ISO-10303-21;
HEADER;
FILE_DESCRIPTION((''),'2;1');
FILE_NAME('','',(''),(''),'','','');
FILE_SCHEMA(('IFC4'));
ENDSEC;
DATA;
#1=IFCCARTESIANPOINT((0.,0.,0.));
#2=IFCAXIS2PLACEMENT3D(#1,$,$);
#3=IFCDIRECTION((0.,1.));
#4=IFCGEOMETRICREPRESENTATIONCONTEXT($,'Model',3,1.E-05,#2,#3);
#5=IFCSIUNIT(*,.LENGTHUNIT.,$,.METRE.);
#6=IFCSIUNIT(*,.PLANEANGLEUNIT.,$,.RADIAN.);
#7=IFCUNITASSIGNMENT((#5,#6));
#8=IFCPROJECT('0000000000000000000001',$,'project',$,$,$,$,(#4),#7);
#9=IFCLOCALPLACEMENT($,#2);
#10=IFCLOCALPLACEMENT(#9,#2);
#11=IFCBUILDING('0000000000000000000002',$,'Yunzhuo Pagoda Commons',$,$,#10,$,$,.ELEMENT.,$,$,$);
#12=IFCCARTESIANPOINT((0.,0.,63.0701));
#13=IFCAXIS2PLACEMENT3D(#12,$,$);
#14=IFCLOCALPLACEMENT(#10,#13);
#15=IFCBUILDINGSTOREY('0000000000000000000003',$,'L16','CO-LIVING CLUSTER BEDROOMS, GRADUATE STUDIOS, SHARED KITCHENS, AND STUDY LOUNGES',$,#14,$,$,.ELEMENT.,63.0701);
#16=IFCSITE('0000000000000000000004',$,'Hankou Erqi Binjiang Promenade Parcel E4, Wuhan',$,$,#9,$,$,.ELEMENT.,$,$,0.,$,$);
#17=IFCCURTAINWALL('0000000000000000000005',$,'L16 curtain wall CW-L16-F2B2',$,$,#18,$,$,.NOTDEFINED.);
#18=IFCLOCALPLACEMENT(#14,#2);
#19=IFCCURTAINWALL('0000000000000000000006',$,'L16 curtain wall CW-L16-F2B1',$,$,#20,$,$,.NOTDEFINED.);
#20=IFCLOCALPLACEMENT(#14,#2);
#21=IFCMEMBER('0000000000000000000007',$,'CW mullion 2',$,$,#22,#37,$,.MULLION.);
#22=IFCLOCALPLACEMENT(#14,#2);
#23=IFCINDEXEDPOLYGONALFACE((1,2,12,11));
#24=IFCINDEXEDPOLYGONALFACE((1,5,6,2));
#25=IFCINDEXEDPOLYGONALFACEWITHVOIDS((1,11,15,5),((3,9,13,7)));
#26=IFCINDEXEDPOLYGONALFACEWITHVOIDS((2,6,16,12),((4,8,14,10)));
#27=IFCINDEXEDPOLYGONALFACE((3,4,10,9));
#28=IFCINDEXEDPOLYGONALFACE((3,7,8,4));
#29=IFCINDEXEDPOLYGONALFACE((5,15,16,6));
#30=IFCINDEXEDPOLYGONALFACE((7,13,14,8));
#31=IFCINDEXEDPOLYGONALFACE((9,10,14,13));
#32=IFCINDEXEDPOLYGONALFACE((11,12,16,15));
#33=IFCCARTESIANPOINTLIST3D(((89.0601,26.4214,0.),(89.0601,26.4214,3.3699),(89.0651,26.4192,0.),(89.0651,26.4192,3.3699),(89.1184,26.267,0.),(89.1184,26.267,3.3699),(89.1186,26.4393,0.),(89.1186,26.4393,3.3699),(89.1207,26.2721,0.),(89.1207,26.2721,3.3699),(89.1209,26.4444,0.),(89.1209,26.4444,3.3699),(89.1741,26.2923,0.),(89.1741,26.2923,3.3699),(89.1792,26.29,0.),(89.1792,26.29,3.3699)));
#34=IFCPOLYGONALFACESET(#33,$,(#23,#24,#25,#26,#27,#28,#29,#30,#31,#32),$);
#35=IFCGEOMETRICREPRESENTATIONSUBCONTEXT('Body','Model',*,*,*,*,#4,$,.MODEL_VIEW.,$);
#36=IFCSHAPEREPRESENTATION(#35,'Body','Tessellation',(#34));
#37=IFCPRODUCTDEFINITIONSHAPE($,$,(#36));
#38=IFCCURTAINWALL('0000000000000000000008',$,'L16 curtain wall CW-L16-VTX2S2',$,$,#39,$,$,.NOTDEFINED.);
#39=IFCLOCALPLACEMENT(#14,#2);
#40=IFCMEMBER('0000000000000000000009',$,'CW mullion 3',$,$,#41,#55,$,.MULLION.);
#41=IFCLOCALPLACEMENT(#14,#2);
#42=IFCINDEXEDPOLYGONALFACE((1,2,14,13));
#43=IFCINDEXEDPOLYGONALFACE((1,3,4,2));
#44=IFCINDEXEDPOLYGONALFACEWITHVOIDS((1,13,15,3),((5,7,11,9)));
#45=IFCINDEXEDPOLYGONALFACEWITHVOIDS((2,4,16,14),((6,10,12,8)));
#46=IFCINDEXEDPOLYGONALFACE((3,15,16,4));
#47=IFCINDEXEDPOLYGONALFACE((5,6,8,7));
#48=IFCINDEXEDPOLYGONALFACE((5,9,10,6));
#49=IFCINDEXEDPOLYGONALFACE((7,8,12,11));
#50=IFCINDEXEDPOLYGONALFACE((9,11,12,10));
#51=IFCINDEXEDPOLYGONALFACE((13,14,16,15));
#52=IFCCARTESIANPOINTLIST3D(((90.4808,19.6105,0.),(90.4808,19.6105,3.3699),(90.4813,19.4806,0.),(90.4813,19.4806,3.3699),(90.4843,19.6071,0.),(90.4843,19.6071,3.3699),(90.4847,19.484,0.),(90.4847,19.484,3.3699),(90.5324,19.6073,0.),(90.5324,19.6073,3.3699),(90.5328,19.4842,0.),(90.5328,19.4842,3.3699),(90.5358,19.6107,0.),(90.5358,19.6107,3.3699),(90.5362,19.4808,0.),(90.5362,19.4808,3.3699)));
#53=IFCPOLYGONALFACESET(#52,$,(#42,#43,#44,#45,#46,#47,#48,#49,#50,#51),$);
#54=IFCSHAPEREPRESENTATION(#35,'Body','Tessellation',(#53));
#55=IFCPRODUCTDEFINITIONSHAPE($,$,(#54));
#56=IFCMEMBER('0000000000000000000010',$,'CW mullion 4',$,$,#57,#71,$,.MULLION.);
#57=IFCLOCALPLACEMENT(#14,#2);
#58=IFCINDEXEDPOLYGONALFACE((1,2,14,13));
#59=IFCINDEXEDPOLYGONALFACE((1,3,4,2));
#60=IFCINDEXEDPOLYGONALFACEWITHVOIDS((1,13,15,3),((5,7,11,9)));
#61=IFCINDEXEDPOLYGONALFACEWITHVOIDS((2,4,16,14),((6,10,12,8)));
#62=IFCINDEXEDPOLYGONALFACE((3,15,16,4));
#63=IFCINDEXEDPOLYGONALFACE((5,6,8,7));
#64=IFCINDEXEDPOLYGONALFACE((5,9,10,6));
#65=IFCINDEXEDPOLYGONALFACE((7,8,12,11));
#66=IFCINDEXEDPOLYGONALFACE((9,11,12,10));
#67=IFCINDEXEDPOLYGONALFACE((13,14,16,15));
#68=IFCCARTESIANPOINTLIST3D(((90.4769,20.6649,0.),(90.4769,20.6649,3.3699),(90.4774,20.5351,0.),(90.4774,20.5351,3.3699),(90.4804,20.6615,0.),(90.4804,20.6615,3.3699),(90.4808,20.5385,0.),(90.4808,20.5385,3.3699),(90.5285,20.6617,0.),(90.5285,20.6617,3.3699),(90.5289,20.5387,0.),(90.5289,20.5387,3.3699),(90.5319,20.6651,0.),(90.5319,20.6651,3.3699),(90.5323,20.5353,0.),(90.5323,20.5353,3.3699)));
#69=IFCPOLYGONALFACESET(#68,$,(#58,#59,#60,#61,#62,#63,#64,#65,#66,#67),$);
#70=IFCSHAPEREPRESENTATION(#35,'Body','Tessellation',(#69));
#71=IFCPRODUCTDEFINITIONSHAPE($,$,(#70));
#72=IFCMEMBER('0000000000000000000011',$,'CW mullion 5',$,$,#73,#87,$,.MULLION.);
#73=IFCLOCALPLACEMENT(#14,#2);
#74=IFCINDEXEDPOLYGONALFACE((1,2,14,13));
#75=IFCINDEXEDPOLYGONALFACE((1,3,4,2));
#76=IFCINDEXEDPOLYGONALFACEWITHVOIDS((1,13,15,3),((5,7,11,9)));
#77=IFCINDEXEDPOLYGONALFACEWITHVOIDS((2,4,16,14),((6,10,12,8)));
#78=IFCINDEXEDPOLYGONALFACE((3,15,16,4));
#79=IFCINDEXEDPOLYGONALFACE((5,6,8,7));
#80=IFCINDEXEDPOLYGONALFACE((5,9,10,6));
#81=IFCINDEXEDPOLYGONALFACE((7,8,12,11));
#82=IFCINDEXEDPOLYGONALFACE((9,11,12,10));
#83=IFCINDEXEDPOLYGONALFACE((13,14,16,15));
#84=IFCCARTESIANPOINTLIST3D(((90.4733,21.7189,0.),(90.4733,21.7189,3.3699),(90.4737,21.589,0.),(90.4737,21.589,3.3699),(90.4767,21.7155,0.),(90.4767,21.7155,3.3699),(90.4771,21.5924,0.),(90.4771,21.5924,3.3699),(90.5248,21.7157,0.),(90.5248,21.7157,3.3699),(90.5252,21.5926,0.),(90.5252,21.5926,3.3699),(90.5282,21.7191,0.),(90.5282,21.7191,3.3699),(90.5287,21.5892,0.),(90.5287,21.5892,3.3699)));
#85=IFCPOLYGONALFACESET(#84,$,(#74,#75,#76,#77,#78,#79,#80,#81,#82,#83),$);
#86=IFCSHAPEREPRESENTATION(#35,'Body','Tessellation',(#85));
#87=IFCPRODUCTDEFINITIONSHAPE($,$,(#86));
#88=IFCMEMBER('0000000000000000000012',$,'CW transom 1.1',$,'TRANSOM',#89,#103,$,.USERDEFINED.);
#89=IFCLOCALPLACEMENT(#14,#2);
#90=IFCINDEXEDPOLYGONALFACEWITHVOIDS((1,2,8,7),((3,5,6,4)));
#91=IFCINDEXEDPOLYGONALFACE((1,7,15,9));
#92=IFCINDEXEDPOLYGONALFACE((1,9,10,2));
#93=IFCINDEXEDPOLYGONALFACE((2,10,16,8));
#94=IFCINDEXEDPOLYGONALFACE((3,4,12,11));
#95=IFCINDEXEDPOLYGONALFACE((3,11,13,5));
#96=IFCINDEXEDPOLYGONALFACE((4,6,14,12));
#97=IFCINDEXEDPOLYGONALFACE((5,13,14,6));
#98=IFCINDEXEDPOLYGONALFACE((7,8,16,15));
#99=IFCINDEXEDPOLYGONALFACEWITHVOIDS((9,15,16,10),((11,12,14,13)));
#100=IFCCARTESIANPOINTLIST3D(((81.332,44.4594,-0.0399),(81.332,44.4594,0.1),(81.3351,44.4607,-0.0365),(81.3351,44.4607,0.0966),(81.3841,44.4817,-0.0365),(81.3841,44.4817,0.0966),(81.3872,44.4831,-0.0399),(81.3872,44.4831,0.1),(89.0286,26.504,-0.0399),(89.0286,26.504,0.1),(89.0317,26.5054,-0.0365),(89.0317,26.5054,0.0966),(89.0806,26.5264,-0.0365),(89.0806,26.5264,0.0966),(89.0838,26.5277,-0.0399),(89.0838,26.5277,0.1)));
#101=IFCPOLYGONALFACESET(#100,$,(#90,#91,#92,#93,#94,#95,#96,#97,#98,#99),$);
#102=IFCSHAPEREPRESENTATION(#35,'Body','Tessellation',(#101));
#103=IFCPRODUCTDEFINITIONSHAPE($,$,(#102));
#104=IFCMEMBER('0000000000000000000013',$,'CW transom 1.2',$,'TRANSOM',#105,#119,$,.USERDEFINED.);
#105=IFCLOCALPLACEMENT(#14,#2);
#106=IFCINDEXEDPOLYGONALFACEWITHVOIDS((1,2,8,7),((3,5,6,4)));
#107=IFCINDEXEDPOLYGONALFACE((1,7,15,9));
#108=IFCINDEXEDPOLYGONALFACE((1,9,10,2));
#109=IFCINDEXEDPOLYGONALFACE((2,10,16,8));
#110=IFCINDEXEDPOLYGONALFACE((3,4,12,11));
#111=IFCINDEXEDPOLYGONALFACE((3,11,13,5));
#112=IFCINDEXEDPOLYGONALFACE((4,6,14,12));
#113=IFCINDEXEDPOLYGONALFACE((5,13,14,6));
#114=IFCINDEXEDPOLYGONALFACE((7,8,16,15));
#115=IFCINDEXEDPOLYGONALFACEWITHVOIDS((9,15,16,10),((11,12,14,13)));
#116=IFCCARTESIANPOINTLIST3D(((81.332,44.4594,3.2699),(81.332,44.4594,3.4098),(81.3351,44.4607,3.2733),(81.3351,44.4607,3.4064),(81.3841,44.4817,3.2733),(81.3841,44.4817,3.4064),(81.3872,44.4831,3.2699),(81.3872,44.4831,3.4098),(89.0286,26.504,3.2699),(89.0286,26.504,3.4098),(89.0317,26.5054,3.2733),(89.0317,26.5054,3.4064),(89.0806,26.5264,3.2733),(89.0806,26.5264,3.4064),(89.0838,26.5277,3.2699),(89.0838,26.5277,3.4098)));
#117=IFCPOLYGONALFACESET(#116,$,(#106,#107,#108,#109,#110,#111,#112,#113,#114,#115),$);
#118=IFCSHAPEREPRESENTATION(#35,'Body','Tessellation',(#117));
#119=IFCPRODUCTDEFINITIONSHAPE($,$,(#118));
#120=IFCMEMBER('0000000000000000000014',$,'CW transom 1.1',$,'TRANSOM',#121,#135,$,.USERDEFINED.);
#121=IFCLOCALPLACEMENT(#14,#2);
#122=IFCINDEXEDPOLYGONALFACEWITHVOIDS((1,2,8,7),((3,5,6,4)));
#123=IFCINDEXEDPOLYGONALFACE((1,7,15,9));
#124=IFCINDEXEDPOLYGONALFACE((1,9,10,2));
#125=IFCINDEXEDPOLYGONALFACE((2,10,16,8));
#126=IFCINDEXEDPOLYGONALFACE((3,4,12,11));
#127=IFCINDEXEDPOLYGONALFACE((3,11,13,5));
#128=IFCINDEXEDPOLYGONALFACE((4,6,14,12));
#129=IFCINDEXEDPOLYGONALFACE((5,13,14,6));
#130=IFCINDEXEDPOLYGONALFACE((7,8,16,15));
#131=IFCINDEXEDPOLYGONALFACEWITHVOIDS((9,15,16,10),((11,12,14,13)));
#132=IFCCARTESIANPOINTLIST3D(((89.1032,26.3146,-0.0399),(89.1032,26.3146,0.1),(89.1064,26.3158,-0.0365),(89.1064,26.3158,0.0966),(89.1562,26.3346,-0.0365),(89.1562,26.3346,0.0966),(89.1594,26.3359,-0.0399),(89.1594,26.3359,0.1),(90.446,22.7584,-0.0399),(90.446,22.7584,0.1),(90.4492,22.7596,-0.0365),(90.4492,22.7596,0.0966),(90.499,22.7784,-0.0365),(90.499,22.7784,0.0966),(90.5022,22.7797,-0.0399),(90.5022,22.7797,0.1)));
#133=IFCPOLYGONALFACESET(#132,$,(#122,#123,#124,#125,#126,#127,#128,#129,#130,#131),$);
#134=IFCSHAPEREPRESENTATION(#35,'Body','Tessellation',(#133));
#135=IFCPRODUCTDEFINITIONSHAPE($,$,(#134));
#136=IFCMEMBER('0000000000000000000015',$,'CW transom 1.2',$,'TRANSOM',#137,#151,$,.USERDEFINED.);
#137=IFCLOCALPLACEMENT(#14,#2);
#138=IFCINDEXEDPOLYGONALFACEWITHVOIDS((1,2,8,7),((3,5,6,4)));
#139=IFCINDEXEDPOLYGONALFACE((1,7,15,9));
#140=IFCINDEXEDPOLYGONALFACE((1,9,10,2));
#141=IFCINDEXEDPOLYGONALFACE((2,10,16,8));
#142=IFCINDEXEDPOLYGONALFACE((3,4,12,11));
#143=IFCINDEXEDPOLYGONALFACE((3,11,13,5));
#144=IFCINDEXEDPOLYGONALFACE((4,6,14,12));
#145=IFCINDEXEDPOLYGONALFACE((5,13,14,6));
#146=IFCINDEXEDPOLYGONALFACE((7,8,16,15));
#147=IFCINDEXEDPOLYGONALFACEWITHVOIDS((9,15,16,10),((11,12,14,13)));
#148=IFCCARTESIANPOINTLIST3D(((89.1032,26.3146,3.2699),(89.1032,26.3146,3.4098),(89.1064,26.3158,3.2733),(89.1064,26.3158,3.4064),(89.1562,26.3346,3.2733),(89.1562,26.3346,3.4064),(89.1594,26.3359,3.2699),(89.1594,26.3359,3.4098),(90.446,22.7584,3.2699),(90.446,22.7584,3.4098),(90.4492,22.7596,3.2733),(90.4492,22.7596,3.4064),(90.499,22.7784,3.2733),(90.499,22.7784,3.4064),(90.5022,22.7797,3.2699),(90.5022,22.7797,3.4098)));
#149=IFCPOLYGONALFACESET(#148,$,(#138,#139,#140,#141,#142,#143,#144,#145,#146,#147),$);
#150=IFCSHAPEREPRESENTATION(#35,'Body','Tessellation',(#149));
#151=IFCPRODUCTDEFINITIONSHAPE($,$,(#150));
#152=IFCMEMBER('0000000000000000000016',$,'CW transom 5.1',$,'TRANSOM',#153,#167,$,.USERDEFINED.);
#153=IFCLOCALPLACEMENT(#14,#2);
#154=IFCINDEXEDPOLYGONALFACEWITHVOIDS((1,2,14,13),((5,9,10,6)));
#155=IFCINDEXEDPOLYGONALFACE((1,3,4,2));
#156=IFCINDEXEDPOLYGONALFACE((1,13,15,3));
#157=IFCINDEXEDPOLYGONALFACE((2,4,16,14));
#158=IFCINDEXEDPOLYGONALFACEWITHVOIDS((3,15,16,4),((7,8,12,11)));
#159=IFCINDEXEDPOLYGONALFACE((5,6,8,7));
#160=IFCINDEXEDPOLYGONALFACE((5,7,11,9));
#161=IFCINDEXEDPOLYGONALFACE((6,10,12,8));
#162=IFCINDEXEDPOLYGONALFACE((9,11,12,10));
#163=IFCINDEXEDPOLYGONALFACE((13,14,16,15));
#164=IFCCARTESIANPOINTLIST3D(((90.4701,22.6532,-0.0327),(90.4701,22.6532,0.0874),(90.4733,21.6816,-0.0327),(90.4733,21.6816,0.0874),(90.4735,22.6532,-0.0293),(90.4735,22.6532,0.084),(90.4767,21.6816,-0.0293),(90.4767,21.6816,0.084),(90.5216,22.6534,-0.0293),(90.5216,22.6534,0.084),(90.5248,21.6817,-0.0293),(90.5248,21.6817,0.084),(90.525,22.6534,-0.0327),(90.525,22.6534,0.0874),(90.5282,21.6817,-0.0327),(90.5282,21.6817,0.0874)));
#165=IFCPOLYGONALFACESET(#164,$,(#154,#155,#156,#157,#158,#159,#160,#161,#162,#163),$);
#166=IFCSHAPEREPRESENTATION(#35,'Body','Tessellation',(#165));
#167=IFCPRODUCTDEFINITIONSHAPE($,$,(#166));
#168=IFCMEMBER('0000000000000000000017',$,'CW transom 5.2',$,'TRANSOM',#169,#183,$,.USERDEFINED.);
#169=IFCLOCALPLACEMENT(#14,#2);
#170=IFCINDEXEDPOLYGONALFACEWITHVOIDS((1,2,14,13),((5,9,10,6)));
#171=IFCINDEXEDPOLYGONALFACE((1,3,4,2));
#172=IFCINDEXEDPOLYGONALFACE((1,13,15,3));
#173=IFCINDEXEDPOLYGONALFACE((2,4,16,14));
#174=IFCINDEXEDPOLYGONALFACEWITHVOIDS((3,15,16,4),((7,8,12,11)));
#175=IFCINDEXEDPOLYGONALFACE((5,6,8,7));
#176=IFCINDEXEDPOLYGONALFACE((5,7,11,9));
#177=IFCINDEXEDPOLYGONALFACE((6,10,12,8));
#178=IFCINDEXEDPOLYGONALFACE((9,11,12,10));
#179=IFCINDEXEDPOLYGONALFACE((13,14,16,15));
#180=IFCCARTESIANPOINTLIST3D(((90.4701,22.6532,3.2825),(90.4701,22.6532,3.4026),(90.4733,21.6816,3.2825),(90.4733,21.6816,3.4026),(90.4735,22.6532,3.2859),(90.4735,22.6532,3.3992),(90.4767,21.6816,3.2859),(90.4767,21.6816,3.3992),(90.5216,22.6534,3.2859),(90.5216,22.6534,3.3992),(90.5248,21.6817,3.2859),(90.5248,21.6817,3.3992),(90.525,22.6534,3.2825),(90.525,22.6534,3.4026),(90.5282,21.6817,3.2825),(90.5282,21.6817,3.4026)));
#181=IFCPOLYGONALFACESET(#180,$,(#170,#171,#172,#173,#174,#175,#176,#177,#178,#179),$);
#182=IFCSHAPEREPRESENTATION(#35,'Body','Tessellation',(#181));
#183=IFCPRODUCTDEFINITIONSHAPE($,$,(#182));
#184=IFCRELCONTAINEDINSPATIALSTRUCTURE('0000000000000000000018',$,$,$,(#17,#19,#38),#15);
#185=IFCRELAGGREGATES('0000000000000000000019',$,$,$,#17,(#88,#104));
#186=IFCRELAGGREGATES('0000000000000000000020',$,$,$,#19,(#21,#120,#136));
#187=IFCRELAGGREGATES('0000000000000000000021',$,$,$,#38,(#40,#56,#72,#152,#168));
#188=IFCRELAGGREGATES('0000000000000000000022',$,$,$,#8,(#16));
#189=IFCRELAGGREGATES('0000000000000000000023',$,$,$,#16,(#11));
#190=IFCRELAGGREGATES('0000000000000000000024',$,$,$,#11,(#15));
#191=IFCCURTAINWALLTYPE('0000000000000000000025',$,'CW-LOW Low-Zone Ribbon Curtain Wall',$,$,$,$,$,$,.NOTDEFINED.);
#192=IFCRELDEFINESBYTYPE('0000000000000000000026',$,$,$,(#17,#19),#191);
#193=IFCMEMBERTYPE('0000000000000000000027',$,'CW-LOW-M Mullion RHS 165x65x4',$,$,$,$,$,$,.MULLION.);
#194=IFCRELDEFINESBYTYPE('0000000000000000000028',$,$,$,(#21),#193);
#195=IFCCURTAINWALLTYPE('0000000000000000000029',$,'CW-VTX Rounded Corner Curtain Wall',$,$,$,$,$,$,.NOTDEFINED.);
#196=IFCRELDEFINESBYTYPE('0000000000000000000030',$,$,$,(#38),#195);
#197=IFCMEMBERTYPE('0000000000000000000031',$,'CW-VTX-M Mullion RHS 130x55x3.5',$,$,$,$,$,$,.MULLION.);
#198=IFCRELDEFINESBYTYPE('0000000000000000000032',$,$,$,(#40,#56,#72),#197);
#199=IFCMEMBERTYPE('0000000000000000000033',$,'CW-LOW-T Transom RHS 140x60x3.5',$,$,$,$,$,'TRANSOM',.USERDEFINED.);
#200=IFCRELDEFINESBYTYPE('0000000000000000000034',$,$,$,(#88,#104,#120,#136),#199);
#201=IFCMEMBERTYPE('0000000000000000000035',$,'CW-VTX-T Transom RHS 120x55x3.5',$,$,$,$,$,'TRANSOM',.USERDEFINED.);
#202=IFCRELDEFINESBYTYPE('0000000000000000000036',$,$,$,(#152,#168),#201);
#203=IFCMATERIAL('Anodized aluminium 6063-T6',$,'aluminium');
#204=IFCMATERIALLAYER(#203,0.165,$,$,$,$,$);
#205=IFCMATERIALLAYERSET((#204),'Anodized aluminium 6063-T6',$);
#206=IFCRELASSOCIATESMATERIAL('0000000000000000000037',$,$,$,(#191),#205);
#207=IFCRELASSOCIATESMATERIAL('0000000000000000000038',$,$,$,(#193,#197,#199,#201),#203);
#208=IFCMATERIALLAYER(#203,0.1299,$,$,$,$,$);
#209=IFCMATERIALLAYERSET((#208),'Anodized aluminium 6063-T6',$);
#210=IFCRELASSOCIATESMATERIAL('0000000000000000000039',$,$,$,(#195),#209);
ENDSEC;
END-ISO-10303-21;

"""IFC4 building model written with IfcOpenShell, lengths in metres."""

from ifc_helpers import new_model, si_unit, direction, frame, origin, origin_2d, place, context, subcontext, project, spatial, hollow_rectangle, extrude, source, transform, mapped, material, layer, layer_set, material_profile, profile_set, type_object, element, aggregate, save


model = new_model("IFC4")

# Units and contexts
model_context = context("Model", 3, precision=1e-05, world=origin(), true_north=direction((0.0, 1.0)))
body_context = subcontext(model_context, "Body", "Model", "MODEL_VIEW")
ifc_project = project(units=[si_unit("LENGTHUNIT", "METRE"), si_unit("PLANEANGLEUNIT", "RADIAN")], contexts=[model_context])

# Site, building, storey
site_placement = place(None, origin())
site = spatial("IfcSite", under=ifc_project, at=site_placement, Name="Hankou Erqi Binjiang Promenade Parcel E4, Wuhan", CompositionType="ELEMENT", RefElevation=0.0)
building_placement = place(site_placement, origin())
building = spatial("IfcBuilding", under=site, at=building_placement, Name="Yunzhuo Pagoda Commons", CompositionType="ELEMENT")
storey_placement = place(building_placement, frame((0.0, 0.0, 63.0701)))
storey = spatial("IfcBuildingStorey", under=building, at=storey_placement, Name="L16", Description="CO-LIVING CLUSTER BEDROOMS, GRADUATE STUDIOS, SHARED KITCHENS, AND STUDY LOUNGES", CompositionType="ELEMENT", Elevation=63.0701)

# Curtain wall
ifc_material_1 = material(Name="Anodized aluminium 6063-T6", Category="aluminium")
ifc_layer_1 = layer(ifc_material_1, 0.165)
ifc_layer_set_1 = layer_set([ifc_layer_1], Name="Anodized aluminium 6063-T6")
curtain_wall_type_1 = type_object("IfcCurtainWallType", Name="CW-LOW Low-Zone Ribbon Curtain Wall", PredefinedType="NOTDEFINED", material=ifc_layer_set_1)
curtain_wall_1_placement = place(storey_placement, origin())
curtain_wall_1 = element("IfcCurtainWall", 1, at=curtain_wall_1_placement, inside=storey, type_object=curtain_wall_type_1, Name="L16 curtain wall CW-L16-F2B2", PredefinedType="NOTDEFINED")
ifc_material_profile_1 = material_profile(ifc_material_1, hollow_rectangle(XDim=0.0649, YDim=0.165, WallThickness=0.0039, at=origin_2d()), Name="Anodized aluminium 6063-T6")
ifc_profile_set_1 = profile_set([ifc_material_profile_1], Name="Anodized aluminium 6063-T6")
member_type_1 = type_object("IfcMemberType", Name="CW-LOW-M Mullion RHS 165x65x4", PredefinedType="MULLION", material=ifc_profile_set_1)
shared_shape_1 = source(origin(), body_context, "Body", "SweptSolid", [
    extrude(hollow_rectangle(XDim=0.0649, YDim=0.165, WallThickness=0.0039, at=origin_2d()), origin(), (0.0, 0.0, 1.0), 3.3699),
])

# Curtain walls, members
curtain_wall_2_placement = place(storey_placement, origin())
curtain_wall_2 = element("IfcCurtainWall", 2, at=curtain_wall_2_placement, inside=storey, type_object=curtain_wall_type_1, Name="L16 curtain wall CW-L16-F2B1", PredefinedType="NOTDEFINED")
member_1_placement = place(storey_placement, frame((89.1196, 26.3557, 0.0), z_axis=(0.0, 0.0, 1.0), x_axis=(-0.935513, -0.353291, 0.0)))
member_1 = element("IfcMember", 3, at=member_1_placement, type_object=member_type_1, Name="CW mullion 2", PredefinedType="MULLION", context=body_context, shape_type="MappedRepresentation", body=[
    mapped(shared_shape_1, transform((0.0, 0.0, 0.0), scale=1.0)),
])
ifc_layer_2 = layer(ifc_material_1, 0.1299)
ifc_layer_set_2 = layer_set([ifc_layer_2], Name="Anodized aluminium 6063-T6")
curtain_wall_type_2 = type_object("IfcCurtainWallType", Name="CW-VTX Rounded Corner Curtain Wall", PredefinedType="NOTDEFINED", material=ifc_layer_set_2)
curtain_wall_3_placement = place(storey_placement, origin())
curtain_wall_3 = element("IfcCurtainWall", 4, at=curtain_wall_3_placement, inside=storey, type_object=curtain_wall_type_2, Name="L16 curtain wall CW-L16-VTX2S2", PredefinedType="NOTDEFINED")
ifc_material_profile_2 = material_profile(ifc_material_1, hollow_rectangle(XDim=0.0549, YDim=0.1299, WallThickness=0.0034, at=origin_2d()), Name="Anodized aluminium 6063-T6")
ifc_profile_set_2 = profile_set([ifc_material_profile_2], Name="Anodized aluminium 6063-T6")
member_type_2 = type_object("IfcMemberType", Name="CW-VTX-M Mullion RHS 130x55x3.5", PredefinedType="MULLION", material=ifc_profile_set_2)
shared_shape_2 = source(origin(), body_context, "Body", "SweptSolid", [
    extrude(hollow_rectangle(XDim=0.0549, YDim=0.1299, WallThickness=0.0034, at=origin_2d()), origin(), (0.0, 0.0, 1.0), 3.3699),
])
member_2_placement = place(storey_placement, frame((90.5085, 19.5457, 0.0), z_axis=(0.0, 0.0, 1.0), x_axis=(-0.999994, -0.003586, 0.0)))
member_2 = element("IfcMember", 5, at=member_2_placement, type_object=member_type_2, Name="CW mullion 3", PredefinedType="MULLION", context=body_context, shape_type="MappedRepresentation", body=[
    mapped(shared_shape_2, transform((0.0, 0.0, 0.0), scale=1.0)),
])
member_3_placement = place(storey_placement, frame((90.5046, 20.6001, 0.0), z_axis=(0.0, 0.0, 1.0), x_axis=(-0.999994, -0.003586, 0.0)))
member_3 = element("IfcMember", 6, at=member_3_placement, type_object=member_type_2, Name="CW mullion 4", PredefinedType="MULLION", context=body_context, shape_type="MappedRepresentation", body=[
    mapped(shared_shape_2, transform((0.0, 0.0, 0.0), scale=1.0)),
])
member_4_placement = place(storey_placement, frame((90.501, 21.6541, 0.0), z_axis=(0.0, 0.0, 1.0), x_axis=(-0.999994, -0.003586, 0.0)))
member_4 = element("IfcMember", 7, at=member_4_placement, type_object=member_type_2, Name="CW mullion 5", PredefinedType="MULLION", context=body_context, shape_type="MappedRepresentation", body=[
    mapped(shared_shape_2, transform((0.0, 0.0, 0.0), scale=1.0)),
])

# Members
ifc_material_profile_3 = material_profile(ifc_material_1, hollow_rectangle(XDim=0.0601, YDim=0.1399, WallThickness=0.0034, at=origin_2d()), Name="Anodized aluminium 6063-T6")
ifc_profile_set_3 = profile_set([ifc_material_profile_3], Name="Anodized aluminium 6063-T6")
member_type_3 = type_object("IfcMemberType", Name="CW-LOW-T Transom RHS 140x60x3.5", ElementType="TRANSOM", PredefinedType="USERDEFINED", material=ifc_profile_set_3)
shared_shape_3 = source(origin(), body_context, "Body", "SweptSolid", [
    extrude(hollow_rectangle(XDim=0.0601, YDim=0.1399, WallThickness=0.0034, at=origin_2d()), origin(), (0.0, 0.0, 1.0), 19.5354),
])
member_5_placement = place(storey_placement, frame((89.0562, 26.5159, 0.03), z_axis=(-0.39398, 0.919119, 0.0), x_axis=(-0.919119, -0.39398, 0.0)))
member_5 = element("IfcMember", 8, at=member_5_placement, type_object=member_type_3, Name="CW transom 1.1", ObjectType="TRANSOM", PredefinedType="USERDEFINED", context=body_context, shape_type="MappedRepresentation", body=[
    mapped(shared_shape_3, transform((0.0, 0.0, 0.0), scale=1.0)),
])
member_6_placement = place(storey_placement, frame((89.0562, 26.5159, 3.3398), z_axis=(-0.39398, 0.919119, 0.0), x_axis=(-0.919119, -0.39398, 0.0)))
member_6 = element("IfcMember", 9, at=member_6_placement, type_object=member_type_3, Name="CW transom 1.2", ObjectType="TRANSOM", PredefinedType="USERDEFINED", context=body_context, shape_type="MappedRepresentation", body=[
    mapped(shared_shape_3, transform((0.0, 0.0, 0.0), scale=1.0)),
])
shared_shape_4 = source(origin(), body_context, "Body", "SweptSolid", [
    extrude(hollow_rectangle(XDim=0.0601, YDim=0.1399, WallThickness=0.0034, at=origin_2d()), origin(), (0.0, 0.0, 1.0), 3.8013),
])
member_7_placement = place(storey_placement, frame((90.4741, 22.769, 0.03), z_axis=(-0.353248, 0.93553, 0.0), x_axis=(-0.93553, -0.353248, 0.0)))
member_7 = element("IfcMember", 10, at=member_7_placement, type_object=member_type_3, Name="CW transom 1.1", ObjectType="TRANSOM", PredefinedType="USERDEFINED", context=body_context, shape_type="MappedRepresentation", body=[
    mapped(shared_shape_4, transform((0.0, 0.0, 0.0), scale=1.0)),
])
member_8_placement = place(storey_placement, frame((90.4741, 22.769, 3.3398), z_axis=(-0.353248, 0.93553, 0.0), x_axis=(-0.93553, -0.353248, 0.0)))
member_8 = element("IfcMember", 11, at=member_8_placement, type_object=member_type_3, Name="CW transom 1.2", ObjectType="TRANSOM", PredefinedType="USERDEFINED", context=body_context, shape_type="MappedRepresentation", body=[
    mapped(shared_shape_4, transform((0.0, 0.0, 0.0), scale=1.0)),
])
ifc_material_profile_4 = material_profile(ifc_material_1, hollow_rectangle(XDim=0.0549, YDim=0.1201, WallThickness=0.0034, at=origin_2d()), Name="Anodized aluminium 6063-T6")
ifc_profile_set_4 = profile_set([ifc_material_profile_4], Name="Anodized aluminium 6063-T6")
member_type_4 = type_object("IfcMemberType", Name="CW-VTX-T Transom RHS 120x55x3.5", ElementType="TRANSOM", PredefinedType="USERDEFINED", material=ifc_profile_set_4)
shared_shape_5 = source(origin(), body_context, "Body", "SweptSolid", [
    extrude(hollow_rectangle(XDim=0.0549, YDim=0.1201, WallThickness=0.0034, at=origin_2d()), origin(), (0.0, 0.0, 1.0), 0.9717),
])
member_9_placement = place(storey_placement, frame((90.5007, 21.6816, 0.0273), z_axis=(-0.003266, 0.999995, 0.0), x_axis=(-0.999995, -0.003266, 0.0)))
member_9 = element("IfcMember", 12, at=member_9_placement, type_object=member_type_4, Name="CW transom 5.1", ObjectType="TRANSOM", PredefinedType="USERDEFINED", context=body_context, shape_type="MappedRepresentation", body=[
    mapped(shared_shape_5, transform((0.0, 0.0, 0.0), scale=1.0)),
])
member_10_placement = place(storey_placement, frame((90.5007, 21.6816, 3.3425), z_axis=(-0.003266, 0.999995, 0.0), x_axis=(-0.999995, -0.003266, 0.0)))
member_10 = element("IfcMember", 13, at=member_10_placement, type_object=member_type_4, Name="CW transom 5.2", ObjectType="TRANSOM", PredefinedType="USERDEFINED", context=body_context, shape_type="MappedRepresentation", body=[
    mapped(shared_shape_5, transform((0.0, 0.0, 0.0), scale=1.0)),
])

aggregate(curtain_wall_1, [member_5, member_6])
aggregate(curtain_wall_2, [member_1, member_7, member_8])
aggregate(curtain_wall_3, [member_2, member_3, member_4, member_9, member_10])

save(model, "model.ifc")
